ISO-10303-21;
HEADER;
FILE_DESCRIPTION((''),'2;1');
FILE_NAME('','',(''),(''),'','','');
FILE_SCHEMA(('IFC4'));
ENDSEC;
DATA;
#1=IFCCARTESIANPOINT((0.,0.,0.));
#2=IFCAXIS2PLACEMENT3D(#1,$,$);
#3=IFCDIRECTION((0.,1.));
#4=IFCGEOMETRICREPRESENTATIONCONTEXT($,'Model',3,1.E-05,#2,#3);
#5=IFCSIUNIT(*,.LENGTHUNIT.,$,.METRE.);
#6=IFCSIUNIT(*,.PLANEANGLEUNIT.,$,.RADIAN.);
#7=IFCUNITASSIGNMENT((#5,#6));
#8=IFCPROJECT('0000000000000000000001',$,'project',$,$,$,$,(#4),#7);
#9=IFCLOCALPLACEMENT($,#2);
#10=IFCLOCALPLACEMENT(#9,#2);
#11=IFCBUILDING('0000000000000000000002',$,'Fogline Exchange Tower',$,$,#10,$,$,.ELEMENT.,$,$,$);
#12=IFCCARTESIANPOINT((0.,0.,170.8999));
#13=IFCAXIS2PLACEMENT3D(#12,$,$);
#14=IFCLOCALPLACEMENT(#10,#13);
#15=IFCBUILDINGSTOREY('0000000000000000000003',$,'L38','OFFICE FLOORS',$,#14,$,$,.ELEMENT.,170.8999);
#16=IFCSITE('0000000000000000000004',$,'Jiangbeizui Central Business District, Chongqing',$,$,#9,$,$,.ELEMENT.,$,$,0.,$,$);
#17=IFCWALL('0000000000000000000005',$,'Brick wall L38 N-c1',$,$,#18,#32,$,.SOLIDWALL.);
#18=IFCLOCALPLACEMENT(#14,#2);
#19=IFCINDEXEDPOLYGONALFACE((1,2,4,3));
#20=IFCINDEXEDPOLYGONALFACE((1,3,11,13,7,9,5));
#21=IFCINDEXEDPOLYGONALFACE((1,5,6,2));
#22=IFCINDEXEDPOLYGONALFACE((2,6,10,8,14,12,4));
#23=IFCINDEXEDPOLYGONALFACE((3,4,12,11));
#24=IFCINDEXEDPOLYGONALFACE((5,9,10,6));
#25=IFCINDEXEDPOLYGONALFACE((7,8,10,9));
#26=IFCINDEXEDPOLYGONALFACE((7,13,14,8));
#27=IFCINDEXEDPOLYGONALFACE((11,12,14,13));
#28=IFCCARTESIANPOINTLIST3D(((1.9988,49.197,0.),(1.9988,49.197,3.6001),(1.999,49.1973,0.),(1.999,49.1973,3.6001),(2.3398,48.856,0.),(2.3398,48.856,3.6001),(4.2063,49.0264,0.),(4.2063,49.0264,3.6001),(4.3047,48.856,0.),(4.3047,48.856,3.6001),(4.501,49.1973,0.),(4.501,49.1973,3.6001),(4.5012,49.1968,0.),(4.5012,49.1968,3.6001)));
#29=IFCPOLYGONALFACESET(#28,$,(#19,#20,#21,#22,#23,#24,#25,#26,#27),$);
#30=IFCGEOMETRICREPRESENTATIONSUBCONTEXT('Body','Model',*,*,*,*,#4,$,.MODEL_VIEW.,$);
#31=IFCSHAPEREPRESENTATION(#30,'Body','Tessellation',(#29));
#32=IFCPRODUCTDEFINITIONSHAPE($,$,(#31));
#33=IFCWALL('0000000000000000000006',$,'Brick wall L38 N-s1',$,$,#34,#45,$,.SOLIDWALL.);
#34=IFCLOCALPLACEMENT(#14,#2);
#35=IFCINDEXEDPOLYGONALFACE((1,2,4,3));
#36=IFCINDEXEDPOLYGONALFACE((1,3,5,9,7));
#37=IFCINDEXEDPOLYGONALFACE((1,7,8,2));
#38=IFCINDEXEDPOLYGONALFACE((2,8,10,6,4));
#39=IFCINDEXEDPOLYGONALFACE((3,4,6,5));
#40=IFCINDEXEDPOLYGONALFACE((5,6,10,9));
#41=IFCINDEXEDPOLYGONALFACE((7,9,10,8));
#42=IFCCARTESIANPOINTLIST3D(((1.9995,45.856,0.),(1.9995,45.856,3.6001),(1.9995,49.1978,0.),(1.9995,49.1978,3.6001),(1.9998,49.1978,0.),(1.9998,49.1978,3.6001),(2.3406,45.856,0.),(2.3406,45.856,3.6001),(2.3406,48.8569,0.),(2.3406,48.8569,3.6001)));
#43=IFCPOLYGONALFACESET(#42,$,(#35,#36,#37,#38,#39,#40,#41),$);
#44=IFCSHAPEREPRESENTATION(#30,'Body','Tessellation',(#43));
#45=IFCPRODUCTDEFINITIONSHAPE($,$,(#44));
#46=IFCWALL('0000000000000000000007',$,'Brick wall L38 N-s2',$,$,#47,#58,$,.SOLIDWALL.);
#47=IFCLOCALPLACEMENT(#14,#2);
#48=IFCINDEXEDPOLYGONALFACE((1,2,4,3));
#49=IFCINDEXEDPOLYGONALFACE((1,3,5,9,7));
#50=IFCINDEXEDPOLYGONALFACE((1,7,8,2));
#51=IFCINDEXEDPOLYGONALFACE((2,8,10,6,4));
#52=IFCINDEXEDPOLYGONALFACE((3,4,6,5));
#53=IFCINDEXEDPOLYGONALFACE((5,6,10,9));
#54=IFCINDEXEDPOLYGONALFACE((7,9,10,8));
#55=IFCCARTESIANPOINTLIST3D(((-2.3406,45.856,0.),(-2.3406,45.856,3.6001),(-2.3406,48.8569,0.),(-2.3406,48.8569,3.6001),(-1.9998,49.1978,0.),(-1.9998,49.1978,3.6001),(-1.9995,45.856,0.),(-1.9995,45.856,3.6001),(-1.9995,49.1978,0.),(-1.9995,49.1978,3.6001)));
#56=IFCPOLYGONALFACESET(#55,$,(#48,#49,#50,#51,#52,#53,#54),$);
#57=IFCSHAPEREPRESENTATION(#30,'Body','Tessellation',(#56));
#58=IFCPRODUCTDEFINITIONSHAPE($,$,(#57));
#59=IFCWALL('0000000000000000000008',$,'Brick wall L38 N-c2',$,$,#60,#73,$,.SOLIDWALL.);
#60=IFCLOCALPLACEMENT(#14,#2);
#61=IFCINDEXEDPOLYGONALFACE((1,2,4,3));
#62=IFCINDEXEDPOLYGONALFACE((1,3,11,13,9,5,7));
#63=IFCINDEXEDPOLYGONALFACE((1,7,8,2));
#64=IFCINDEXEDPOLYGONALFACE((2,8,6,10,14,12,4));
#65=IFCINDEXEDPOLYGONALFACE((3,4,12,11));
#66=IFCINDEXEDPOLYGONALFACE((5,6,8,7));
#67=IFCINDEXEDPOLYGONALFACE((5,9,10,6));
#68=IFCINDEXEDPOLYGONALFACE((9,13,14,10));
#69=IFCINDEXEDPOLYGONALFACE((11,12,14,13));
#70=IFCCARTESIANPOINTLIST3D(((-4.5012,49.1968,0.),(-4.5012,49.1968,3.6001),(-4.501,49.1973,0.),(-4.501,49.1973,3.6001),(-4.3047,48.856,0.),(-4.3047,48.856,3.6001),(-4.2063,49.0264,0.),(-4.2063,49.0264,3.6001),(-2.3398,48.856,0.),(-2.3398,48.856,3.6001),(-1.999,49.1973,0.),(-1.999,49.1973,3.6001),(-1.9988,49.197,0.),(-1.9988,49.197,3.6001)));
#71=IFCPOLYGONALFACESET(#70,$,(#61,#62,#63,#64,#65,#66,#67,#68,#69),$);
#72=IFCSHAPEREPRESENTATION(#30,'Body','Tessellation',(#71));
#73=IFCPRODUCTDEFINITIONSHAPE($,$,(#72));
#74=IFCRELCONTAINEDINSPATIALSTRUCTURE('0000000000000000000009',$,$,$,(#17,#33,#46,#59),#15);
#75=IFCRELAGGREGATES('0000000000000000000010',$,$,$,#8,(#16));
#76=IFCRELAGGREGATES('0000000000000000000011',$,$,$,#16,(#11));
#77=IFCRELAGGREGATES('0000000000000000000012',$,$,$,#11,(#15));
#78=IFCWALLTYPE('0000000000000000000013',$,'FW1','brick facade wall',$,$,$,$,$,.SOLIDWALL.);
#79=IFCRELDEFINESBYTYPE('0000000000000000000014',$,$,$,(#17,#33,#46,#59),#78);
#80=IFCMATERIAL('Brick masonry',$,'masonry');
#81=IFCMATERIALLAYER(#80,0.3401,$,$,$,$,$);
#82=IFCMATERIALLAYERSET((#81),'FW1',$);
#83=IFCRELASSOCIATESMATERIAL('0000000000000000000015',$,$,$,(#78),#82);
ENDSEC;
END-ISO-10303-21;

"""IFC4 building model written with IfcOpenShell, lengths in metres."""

from ifc_helpers import new_model, si_unit, direction, frame, origin, place, context, subcontext, project, spatial, polyline, outline, extrude, material, layer, layer_set, type_object, element, save


model = new_model("IFC4")

# Units and contexts
model_context = context("Model", 3, precision=1e-05, world=origin(), true_north=direction((0.0, 1.0)))
body_context = subcontext(model_context, "Body", "Model", "MODEL_VIEW")
ifc_project = project(units=[si_unit("LENGTHUNIT", "METRE"), si_unit("PLANEANGLEUNIT", "RADIAN")], contexts=[model_context])

# Site, building, storey
site_placement = place(None, origin())
site = spatial("IfcSite", under=ifc_project, at=site_placement, Name="Jiangbeizui Central Business District, Chongqing", CompositionType="ELEMENT", RefElevation=0.0)
building_placement = place(site_placement, origin())
building = spatial("IfcBuilding", under=site, at=building_placement, Name="Fogline Exchange Tower", CompositionType="ELEMENT")
storey_placement = place(building_placement, frame((0.0, 0.0, 170.8999)))
storey = spatial("IfcBuildingStorey", under=building, at=storey_placement, Name="L38", Description="OFFICE FLOORS", CompositionType="ELEMENT", Elevation=170.8999)

# Walls
ifc_material_1 = material(Name="Brick masonry", Category="masonry")
ifc_layer_1 = layer(ifc_material_1, 0.3401)
ifc_layer_set_1 = layer_set([ifc_layer_1], Name="FW1")
wall_type = type_object("IfcWallType", Name="FW1", Description="brick facade wall", PredefinedType="SOLIDWALL", material=ifc_layer_set_1)
wall_1_placement = place(storey_placement, origin())
element("IfcWall", 1, at=wall_1_placement, inside=storey, type_object=wall_type, Name="Brick wall L38 N-c1", PredefinedType="SOLIDWALL", context=body_context, shape_type="SweptSolid", body=[
    extrude(outline(polyline([(1.999, 49.1973), (4.501, 49.1973), (4.5012, 49.1968), (4.2063, 49.0264), (4.3047, 48.856), (2.3398, 48.856), (1.9988, 49.197), (1.999, 49.1973)])), origin(), (0.0, 0.0, 1.0), 3.6001),
])
wall_2_placement = place(storey_placement, origin())
element("IfcWall", 2, at=wall_2_placement, inside=storey, type_object=wall_type, Name="Brick wall L38 N-s1", PredefinedType="SOLIDWALL", context=body_context, shape_type="SweptSolid", body=[
    extrude(outline(polyline([(2.3406, 45.856), (1.9995, 45.856), (1.9995, 49.1978), (1.9998, 49.1978), (2.3406, 48.8569), (2.3406, 45.856)])), origin(), (0.0, 0.0, 1.0), 3.6001),
])
wall_3_placement = place(storey_placement, origin())
element("IfcWall", 3, at=wall_3_placement, inside=storey, type_object=wall_type, Name="Brick wall L38 N-s2", PredefinedType="SOLIDWALL", context=body_context, shape_type="SweptSolid", body=[
    extrude(outline(polyline([(-1.9995, 49.1978), (-1.9995, 45.856), (-2.3406, 45.856), (-2.3406, 48.8569), (-1.9998, 49.1978), (-1.9995, 49.1978)])), origin(), (0.0, 0.0, 1.0), 3.6001),
])
wall_4_placement = place(storey_placement, origin())
element("IfcWall", 4, at=wall_4_placement, inside=storey, type_object=wall_type, Name="Brick wall L38 N-c2", PredefinedType="SOLIDWALL", context=body_context, shape_type="SweptSolid", body=[
    extrude(outline(polyline([(-4.3047, 48.856), (-4.2063, 49.0264), (-4.5012, 49.1968), (-4.501, 49.1973), (-1.999, 49.1973), (-1.9988, 49.197), (-2.3398, 48.856), (-4.3047, 48.856)])), origin(), (0.0, 0.0, 1.0), 3.6001),
])

save(model, "model.ifc")
